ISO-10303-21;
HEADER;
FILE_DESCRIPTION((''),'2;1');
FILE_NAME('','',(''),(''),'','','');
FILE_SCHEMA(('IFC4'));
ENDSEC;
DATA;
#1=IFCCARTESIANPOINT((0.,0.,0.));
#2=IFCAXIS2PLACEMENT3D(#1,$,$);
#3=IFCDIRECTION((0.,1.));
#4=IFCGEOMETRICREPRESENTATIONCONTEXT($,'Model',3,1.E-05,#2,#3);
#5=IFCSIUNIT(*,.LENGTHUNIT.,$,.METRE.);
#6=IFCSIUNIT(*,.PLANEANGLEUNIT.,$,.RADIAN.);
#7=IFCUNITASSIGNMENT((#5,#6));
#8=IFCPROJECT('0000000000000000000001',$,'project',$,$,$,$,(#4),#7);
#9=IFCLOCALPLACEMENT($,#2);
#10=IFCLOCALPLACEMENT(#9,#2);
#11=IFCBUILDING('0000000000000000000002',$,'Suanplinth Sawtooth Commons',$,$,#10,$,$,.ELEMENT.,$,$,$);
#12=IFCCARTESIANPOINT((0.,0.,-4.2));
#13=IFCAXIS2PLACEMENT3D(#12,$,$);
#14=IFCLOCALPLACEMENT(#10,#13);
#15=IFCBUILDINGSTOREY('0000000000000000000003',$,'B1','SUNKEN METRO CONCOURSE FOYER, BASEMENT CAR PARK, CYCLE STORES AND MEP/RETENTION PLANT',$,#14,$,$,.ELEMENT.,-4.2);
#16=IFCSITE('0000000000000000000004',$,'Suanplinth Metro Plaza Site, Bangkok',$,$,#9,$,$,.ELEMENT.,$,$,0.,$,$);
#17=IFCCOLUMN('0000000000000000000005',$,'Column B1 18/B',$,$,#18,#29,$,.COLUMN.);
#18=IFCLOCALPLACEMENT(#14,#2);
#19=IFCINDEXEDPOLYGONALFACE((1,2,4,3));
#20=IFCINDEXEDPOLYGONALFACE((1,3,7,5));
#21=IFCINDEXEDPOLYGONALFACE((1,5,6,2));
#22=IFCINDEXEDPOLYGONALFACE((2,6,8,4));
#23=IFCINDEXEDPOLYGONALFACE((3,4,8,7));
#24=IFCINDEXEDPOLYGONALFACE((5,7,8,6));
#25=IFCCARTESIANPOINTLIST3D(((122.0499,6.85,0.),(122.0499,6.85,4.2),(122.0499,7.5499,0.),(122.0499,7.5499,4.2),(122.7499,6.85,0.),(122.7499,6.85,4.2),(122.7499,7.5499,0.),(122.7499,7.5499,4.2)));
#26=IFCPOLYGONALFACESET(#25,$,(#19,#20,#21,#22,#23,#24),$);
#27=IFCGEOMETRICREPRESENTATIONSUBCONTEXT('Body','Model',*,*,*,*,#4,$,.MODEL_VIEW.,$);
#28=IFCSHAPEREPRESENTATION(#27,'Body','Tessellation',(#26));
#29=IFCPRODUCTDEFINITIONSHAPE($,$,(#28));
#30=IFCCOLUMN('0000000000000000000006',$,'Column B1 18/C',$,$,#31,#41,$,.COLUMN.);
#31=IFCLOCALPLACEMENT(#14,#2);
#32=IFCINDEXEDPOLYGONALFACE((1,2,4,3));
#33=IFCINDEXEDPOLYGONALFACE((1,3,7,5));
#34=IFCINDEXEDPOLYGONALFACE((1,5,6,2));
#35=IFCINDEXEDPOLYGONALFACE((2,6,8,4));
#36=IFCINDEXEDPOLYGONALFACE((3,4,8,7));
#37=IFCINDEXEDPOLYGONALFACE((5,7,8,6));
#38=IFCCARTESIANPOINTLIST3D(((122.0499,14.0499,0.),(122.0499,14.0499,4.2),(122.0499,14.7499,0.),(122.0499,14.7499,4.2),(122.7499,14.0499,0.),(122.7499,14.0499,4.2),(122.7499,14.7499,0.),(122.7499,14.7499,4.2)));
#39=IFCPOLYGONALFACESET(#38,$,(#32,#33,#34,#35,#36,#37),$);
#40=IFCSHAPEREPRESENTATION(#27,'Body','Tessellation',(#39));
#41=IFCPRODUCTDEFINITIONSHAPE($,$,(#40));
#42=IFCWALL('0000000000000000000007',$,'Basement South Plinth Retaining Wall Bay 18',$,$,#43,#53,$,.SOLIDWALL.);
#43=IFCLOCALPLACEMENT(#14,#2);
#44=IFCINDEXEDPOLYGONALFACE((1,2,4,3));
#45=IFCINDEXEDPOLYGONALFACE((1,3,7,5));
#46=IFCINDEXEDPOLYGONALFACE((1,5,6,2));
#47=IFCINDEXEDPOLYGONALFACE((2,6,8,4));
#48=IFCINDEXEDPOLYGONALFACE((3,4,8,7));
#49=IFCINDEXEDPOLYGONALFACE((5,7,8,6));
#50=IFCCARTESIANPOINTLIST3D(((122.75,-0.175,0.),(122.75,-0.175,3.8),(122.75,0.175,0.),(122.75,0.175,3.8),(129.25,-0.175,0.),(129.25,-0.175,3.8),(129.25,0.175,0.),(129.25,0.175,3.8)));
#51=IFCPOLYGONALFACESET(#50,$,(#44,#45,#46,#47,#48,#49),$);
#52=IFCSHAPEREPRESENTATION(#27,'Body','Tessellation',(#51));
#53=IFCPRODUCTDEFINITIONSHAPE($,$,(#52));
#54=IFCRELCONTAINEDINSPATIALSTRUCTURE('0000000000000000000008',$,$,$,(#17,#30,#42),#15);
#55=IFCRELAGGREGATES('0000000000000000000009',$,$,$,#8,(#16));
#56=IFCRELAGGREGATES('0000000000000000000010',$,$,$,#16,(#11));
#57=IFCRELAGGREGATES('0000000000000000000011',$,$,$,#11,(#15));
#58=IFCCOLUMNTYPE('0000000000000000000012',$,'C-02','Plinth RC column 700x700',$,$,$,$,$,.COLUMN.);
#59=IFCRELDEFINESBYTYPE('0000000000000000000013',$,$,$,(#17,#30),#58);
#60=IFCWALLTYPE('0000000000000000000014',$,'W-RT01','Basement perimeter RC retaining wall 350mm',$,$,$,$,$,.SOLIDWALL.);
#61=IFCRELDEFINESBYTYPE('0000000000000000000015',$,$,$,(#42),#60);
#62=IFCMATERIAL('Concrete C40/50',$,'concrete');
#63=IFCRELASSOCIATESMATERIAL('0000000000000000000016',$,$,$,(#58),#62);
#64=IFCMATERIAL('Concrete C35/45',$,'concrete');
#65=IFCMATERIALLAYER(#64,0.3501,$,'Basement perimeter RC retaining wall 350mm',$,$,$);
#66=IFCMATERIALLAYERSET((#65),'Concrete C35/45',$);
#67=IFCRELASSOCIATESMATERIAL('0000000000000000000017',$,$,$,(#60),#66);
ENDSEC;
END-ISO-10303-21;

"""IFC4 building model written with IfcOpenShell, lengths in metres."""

from ifc_helpers import new_model, si_unit, direction, frame, frame_2d, origin, origin_2d, place, context, subcontext, project, spatial, rectangle, extrude, material, layer, layer_set, material_profile, profile_set, type_object, element, save


model = new_model("IFC4")

# Units and contexts
model_context = context("Model", 3, precision=1e-05, world=origin(), true_north=direction((0.0, 1.0)))
body_context = subcontext(model_context, "Body", "Model", "MODEL_VIEW")
ifc_project = project(units=[si_unit("LENGTHUNIT", "METRE"), si_unit("PLANEANGLEUNIT", "RADIAN")], contexts=[model_context])

# Site, building, storey
site_placement = place(None, origin())
site = spatial("IfcSite", under=ifc_project, at=site_placement, Name="Suanplinth Metro Plaza Site, Bangkok", CompositionType="ELEMENT", RefElevation=0.0)
building_placement = place(site_placement, origin())
building = spatial("IfcBuilding", under=site, at=building_placement, Name="Suanplinth Sawtooth Commons", CompositionType="ELEMENT")
storey_placement = place(building_placement, frame((0.0, 0.0, -4.2)))
storey = spatial("IfcBuildingStorey", under=building, at=storey_placement, Name="B1", Description="SUNKEN METRO CONCOURSE FOYER, BASEMENT CAR PARK, CYCLE STORES AND MEP/RETENTION PLANT", CompositionType="ELEMENT", Elevation=-4.2)

# Shared definitions
ifc_material_1 = material(Name="Concrete C35/45", Category="concrete")

# Columns
ifc_material_2 = material(Name="Concrete C40/50", Category="concrete")
ifc_material_profile_1 = material_profile(ifc_material_2, rectangle(XDim=0.7, YDim=0.7, at=origin_2d()), Name="RC-COL 700x700")
ifc_profile_set_1 = profile_set([ifc_material_profile_1], Name="Concrete C40/50")
column_type = type_object("IfcColumnType", Name="C-02", Description="Plinth RC column 700x700", PredefinedType="COLUMN", material=ifc_profile_set_1)
for number, where, z_axis, x_axis, name in (
    (1, (122.3999, 7.2, 0.0), (0.0, 0.0, 1.0), (1.0, 0.0, 0.0), "Column B1 18/B"),
    (2, (122.3999, 14.3999, 0.0), (0.0, 0.0, 1.0), (1.0, 0.0, 0.0), "Column B1 18/C"),
):
    element("IfcColumn", number, at=place(storey_placement, frame(where, z_axis=z_axis, x_axis=x_axis)), inside=storey, type_object=column_type, Name=name, PredefinedType="COLUMN", context=body_context, shape_type="SweptSolid", body=[
        extrude(rectangle(XDim=0.7, YDim=0.7, at=origin_2d()), origin(), (0.0, 0.0, 1.0), 4.2),
    ])

# Wall
ifc_layer = layer(ifc_material_1, 0.3501, Name="Basement perimeter RC retaining wall 350mm")
ifc_layer_set = layer_set([ifc_layer], Name="Concrete C35/45")
wall_type = type_object("IfcWallType", Name="W-RT01", Description="Basement perimeter RC retaining wall 350mm", PredefinedType="SOLIDWALL", material=ifc_layer_set)
wall_placement = place(storey_placement, frame((122.75, 0.0, 0.0), z_axis=(0.0, 0.0, 1.0), x_axis=(1.0, 0.0, 0.0)))
element("IfcWall", 3, at=wall_placement, inside=storey, type_object=wall_type, Name="Basement South Plinth Retaining Wall Bay 18", PredefinedType="SOLIDWALL", context=body_context, shape_type="SweptSolid", body=[
    extrude(rectangle(XDim=6.5, YDim=0.3501, at=frame_2d((3.25, 0.0))), origin(), (0.0, 0.0, 1.0), 3.8),
])

save(model, "model.ifc")
